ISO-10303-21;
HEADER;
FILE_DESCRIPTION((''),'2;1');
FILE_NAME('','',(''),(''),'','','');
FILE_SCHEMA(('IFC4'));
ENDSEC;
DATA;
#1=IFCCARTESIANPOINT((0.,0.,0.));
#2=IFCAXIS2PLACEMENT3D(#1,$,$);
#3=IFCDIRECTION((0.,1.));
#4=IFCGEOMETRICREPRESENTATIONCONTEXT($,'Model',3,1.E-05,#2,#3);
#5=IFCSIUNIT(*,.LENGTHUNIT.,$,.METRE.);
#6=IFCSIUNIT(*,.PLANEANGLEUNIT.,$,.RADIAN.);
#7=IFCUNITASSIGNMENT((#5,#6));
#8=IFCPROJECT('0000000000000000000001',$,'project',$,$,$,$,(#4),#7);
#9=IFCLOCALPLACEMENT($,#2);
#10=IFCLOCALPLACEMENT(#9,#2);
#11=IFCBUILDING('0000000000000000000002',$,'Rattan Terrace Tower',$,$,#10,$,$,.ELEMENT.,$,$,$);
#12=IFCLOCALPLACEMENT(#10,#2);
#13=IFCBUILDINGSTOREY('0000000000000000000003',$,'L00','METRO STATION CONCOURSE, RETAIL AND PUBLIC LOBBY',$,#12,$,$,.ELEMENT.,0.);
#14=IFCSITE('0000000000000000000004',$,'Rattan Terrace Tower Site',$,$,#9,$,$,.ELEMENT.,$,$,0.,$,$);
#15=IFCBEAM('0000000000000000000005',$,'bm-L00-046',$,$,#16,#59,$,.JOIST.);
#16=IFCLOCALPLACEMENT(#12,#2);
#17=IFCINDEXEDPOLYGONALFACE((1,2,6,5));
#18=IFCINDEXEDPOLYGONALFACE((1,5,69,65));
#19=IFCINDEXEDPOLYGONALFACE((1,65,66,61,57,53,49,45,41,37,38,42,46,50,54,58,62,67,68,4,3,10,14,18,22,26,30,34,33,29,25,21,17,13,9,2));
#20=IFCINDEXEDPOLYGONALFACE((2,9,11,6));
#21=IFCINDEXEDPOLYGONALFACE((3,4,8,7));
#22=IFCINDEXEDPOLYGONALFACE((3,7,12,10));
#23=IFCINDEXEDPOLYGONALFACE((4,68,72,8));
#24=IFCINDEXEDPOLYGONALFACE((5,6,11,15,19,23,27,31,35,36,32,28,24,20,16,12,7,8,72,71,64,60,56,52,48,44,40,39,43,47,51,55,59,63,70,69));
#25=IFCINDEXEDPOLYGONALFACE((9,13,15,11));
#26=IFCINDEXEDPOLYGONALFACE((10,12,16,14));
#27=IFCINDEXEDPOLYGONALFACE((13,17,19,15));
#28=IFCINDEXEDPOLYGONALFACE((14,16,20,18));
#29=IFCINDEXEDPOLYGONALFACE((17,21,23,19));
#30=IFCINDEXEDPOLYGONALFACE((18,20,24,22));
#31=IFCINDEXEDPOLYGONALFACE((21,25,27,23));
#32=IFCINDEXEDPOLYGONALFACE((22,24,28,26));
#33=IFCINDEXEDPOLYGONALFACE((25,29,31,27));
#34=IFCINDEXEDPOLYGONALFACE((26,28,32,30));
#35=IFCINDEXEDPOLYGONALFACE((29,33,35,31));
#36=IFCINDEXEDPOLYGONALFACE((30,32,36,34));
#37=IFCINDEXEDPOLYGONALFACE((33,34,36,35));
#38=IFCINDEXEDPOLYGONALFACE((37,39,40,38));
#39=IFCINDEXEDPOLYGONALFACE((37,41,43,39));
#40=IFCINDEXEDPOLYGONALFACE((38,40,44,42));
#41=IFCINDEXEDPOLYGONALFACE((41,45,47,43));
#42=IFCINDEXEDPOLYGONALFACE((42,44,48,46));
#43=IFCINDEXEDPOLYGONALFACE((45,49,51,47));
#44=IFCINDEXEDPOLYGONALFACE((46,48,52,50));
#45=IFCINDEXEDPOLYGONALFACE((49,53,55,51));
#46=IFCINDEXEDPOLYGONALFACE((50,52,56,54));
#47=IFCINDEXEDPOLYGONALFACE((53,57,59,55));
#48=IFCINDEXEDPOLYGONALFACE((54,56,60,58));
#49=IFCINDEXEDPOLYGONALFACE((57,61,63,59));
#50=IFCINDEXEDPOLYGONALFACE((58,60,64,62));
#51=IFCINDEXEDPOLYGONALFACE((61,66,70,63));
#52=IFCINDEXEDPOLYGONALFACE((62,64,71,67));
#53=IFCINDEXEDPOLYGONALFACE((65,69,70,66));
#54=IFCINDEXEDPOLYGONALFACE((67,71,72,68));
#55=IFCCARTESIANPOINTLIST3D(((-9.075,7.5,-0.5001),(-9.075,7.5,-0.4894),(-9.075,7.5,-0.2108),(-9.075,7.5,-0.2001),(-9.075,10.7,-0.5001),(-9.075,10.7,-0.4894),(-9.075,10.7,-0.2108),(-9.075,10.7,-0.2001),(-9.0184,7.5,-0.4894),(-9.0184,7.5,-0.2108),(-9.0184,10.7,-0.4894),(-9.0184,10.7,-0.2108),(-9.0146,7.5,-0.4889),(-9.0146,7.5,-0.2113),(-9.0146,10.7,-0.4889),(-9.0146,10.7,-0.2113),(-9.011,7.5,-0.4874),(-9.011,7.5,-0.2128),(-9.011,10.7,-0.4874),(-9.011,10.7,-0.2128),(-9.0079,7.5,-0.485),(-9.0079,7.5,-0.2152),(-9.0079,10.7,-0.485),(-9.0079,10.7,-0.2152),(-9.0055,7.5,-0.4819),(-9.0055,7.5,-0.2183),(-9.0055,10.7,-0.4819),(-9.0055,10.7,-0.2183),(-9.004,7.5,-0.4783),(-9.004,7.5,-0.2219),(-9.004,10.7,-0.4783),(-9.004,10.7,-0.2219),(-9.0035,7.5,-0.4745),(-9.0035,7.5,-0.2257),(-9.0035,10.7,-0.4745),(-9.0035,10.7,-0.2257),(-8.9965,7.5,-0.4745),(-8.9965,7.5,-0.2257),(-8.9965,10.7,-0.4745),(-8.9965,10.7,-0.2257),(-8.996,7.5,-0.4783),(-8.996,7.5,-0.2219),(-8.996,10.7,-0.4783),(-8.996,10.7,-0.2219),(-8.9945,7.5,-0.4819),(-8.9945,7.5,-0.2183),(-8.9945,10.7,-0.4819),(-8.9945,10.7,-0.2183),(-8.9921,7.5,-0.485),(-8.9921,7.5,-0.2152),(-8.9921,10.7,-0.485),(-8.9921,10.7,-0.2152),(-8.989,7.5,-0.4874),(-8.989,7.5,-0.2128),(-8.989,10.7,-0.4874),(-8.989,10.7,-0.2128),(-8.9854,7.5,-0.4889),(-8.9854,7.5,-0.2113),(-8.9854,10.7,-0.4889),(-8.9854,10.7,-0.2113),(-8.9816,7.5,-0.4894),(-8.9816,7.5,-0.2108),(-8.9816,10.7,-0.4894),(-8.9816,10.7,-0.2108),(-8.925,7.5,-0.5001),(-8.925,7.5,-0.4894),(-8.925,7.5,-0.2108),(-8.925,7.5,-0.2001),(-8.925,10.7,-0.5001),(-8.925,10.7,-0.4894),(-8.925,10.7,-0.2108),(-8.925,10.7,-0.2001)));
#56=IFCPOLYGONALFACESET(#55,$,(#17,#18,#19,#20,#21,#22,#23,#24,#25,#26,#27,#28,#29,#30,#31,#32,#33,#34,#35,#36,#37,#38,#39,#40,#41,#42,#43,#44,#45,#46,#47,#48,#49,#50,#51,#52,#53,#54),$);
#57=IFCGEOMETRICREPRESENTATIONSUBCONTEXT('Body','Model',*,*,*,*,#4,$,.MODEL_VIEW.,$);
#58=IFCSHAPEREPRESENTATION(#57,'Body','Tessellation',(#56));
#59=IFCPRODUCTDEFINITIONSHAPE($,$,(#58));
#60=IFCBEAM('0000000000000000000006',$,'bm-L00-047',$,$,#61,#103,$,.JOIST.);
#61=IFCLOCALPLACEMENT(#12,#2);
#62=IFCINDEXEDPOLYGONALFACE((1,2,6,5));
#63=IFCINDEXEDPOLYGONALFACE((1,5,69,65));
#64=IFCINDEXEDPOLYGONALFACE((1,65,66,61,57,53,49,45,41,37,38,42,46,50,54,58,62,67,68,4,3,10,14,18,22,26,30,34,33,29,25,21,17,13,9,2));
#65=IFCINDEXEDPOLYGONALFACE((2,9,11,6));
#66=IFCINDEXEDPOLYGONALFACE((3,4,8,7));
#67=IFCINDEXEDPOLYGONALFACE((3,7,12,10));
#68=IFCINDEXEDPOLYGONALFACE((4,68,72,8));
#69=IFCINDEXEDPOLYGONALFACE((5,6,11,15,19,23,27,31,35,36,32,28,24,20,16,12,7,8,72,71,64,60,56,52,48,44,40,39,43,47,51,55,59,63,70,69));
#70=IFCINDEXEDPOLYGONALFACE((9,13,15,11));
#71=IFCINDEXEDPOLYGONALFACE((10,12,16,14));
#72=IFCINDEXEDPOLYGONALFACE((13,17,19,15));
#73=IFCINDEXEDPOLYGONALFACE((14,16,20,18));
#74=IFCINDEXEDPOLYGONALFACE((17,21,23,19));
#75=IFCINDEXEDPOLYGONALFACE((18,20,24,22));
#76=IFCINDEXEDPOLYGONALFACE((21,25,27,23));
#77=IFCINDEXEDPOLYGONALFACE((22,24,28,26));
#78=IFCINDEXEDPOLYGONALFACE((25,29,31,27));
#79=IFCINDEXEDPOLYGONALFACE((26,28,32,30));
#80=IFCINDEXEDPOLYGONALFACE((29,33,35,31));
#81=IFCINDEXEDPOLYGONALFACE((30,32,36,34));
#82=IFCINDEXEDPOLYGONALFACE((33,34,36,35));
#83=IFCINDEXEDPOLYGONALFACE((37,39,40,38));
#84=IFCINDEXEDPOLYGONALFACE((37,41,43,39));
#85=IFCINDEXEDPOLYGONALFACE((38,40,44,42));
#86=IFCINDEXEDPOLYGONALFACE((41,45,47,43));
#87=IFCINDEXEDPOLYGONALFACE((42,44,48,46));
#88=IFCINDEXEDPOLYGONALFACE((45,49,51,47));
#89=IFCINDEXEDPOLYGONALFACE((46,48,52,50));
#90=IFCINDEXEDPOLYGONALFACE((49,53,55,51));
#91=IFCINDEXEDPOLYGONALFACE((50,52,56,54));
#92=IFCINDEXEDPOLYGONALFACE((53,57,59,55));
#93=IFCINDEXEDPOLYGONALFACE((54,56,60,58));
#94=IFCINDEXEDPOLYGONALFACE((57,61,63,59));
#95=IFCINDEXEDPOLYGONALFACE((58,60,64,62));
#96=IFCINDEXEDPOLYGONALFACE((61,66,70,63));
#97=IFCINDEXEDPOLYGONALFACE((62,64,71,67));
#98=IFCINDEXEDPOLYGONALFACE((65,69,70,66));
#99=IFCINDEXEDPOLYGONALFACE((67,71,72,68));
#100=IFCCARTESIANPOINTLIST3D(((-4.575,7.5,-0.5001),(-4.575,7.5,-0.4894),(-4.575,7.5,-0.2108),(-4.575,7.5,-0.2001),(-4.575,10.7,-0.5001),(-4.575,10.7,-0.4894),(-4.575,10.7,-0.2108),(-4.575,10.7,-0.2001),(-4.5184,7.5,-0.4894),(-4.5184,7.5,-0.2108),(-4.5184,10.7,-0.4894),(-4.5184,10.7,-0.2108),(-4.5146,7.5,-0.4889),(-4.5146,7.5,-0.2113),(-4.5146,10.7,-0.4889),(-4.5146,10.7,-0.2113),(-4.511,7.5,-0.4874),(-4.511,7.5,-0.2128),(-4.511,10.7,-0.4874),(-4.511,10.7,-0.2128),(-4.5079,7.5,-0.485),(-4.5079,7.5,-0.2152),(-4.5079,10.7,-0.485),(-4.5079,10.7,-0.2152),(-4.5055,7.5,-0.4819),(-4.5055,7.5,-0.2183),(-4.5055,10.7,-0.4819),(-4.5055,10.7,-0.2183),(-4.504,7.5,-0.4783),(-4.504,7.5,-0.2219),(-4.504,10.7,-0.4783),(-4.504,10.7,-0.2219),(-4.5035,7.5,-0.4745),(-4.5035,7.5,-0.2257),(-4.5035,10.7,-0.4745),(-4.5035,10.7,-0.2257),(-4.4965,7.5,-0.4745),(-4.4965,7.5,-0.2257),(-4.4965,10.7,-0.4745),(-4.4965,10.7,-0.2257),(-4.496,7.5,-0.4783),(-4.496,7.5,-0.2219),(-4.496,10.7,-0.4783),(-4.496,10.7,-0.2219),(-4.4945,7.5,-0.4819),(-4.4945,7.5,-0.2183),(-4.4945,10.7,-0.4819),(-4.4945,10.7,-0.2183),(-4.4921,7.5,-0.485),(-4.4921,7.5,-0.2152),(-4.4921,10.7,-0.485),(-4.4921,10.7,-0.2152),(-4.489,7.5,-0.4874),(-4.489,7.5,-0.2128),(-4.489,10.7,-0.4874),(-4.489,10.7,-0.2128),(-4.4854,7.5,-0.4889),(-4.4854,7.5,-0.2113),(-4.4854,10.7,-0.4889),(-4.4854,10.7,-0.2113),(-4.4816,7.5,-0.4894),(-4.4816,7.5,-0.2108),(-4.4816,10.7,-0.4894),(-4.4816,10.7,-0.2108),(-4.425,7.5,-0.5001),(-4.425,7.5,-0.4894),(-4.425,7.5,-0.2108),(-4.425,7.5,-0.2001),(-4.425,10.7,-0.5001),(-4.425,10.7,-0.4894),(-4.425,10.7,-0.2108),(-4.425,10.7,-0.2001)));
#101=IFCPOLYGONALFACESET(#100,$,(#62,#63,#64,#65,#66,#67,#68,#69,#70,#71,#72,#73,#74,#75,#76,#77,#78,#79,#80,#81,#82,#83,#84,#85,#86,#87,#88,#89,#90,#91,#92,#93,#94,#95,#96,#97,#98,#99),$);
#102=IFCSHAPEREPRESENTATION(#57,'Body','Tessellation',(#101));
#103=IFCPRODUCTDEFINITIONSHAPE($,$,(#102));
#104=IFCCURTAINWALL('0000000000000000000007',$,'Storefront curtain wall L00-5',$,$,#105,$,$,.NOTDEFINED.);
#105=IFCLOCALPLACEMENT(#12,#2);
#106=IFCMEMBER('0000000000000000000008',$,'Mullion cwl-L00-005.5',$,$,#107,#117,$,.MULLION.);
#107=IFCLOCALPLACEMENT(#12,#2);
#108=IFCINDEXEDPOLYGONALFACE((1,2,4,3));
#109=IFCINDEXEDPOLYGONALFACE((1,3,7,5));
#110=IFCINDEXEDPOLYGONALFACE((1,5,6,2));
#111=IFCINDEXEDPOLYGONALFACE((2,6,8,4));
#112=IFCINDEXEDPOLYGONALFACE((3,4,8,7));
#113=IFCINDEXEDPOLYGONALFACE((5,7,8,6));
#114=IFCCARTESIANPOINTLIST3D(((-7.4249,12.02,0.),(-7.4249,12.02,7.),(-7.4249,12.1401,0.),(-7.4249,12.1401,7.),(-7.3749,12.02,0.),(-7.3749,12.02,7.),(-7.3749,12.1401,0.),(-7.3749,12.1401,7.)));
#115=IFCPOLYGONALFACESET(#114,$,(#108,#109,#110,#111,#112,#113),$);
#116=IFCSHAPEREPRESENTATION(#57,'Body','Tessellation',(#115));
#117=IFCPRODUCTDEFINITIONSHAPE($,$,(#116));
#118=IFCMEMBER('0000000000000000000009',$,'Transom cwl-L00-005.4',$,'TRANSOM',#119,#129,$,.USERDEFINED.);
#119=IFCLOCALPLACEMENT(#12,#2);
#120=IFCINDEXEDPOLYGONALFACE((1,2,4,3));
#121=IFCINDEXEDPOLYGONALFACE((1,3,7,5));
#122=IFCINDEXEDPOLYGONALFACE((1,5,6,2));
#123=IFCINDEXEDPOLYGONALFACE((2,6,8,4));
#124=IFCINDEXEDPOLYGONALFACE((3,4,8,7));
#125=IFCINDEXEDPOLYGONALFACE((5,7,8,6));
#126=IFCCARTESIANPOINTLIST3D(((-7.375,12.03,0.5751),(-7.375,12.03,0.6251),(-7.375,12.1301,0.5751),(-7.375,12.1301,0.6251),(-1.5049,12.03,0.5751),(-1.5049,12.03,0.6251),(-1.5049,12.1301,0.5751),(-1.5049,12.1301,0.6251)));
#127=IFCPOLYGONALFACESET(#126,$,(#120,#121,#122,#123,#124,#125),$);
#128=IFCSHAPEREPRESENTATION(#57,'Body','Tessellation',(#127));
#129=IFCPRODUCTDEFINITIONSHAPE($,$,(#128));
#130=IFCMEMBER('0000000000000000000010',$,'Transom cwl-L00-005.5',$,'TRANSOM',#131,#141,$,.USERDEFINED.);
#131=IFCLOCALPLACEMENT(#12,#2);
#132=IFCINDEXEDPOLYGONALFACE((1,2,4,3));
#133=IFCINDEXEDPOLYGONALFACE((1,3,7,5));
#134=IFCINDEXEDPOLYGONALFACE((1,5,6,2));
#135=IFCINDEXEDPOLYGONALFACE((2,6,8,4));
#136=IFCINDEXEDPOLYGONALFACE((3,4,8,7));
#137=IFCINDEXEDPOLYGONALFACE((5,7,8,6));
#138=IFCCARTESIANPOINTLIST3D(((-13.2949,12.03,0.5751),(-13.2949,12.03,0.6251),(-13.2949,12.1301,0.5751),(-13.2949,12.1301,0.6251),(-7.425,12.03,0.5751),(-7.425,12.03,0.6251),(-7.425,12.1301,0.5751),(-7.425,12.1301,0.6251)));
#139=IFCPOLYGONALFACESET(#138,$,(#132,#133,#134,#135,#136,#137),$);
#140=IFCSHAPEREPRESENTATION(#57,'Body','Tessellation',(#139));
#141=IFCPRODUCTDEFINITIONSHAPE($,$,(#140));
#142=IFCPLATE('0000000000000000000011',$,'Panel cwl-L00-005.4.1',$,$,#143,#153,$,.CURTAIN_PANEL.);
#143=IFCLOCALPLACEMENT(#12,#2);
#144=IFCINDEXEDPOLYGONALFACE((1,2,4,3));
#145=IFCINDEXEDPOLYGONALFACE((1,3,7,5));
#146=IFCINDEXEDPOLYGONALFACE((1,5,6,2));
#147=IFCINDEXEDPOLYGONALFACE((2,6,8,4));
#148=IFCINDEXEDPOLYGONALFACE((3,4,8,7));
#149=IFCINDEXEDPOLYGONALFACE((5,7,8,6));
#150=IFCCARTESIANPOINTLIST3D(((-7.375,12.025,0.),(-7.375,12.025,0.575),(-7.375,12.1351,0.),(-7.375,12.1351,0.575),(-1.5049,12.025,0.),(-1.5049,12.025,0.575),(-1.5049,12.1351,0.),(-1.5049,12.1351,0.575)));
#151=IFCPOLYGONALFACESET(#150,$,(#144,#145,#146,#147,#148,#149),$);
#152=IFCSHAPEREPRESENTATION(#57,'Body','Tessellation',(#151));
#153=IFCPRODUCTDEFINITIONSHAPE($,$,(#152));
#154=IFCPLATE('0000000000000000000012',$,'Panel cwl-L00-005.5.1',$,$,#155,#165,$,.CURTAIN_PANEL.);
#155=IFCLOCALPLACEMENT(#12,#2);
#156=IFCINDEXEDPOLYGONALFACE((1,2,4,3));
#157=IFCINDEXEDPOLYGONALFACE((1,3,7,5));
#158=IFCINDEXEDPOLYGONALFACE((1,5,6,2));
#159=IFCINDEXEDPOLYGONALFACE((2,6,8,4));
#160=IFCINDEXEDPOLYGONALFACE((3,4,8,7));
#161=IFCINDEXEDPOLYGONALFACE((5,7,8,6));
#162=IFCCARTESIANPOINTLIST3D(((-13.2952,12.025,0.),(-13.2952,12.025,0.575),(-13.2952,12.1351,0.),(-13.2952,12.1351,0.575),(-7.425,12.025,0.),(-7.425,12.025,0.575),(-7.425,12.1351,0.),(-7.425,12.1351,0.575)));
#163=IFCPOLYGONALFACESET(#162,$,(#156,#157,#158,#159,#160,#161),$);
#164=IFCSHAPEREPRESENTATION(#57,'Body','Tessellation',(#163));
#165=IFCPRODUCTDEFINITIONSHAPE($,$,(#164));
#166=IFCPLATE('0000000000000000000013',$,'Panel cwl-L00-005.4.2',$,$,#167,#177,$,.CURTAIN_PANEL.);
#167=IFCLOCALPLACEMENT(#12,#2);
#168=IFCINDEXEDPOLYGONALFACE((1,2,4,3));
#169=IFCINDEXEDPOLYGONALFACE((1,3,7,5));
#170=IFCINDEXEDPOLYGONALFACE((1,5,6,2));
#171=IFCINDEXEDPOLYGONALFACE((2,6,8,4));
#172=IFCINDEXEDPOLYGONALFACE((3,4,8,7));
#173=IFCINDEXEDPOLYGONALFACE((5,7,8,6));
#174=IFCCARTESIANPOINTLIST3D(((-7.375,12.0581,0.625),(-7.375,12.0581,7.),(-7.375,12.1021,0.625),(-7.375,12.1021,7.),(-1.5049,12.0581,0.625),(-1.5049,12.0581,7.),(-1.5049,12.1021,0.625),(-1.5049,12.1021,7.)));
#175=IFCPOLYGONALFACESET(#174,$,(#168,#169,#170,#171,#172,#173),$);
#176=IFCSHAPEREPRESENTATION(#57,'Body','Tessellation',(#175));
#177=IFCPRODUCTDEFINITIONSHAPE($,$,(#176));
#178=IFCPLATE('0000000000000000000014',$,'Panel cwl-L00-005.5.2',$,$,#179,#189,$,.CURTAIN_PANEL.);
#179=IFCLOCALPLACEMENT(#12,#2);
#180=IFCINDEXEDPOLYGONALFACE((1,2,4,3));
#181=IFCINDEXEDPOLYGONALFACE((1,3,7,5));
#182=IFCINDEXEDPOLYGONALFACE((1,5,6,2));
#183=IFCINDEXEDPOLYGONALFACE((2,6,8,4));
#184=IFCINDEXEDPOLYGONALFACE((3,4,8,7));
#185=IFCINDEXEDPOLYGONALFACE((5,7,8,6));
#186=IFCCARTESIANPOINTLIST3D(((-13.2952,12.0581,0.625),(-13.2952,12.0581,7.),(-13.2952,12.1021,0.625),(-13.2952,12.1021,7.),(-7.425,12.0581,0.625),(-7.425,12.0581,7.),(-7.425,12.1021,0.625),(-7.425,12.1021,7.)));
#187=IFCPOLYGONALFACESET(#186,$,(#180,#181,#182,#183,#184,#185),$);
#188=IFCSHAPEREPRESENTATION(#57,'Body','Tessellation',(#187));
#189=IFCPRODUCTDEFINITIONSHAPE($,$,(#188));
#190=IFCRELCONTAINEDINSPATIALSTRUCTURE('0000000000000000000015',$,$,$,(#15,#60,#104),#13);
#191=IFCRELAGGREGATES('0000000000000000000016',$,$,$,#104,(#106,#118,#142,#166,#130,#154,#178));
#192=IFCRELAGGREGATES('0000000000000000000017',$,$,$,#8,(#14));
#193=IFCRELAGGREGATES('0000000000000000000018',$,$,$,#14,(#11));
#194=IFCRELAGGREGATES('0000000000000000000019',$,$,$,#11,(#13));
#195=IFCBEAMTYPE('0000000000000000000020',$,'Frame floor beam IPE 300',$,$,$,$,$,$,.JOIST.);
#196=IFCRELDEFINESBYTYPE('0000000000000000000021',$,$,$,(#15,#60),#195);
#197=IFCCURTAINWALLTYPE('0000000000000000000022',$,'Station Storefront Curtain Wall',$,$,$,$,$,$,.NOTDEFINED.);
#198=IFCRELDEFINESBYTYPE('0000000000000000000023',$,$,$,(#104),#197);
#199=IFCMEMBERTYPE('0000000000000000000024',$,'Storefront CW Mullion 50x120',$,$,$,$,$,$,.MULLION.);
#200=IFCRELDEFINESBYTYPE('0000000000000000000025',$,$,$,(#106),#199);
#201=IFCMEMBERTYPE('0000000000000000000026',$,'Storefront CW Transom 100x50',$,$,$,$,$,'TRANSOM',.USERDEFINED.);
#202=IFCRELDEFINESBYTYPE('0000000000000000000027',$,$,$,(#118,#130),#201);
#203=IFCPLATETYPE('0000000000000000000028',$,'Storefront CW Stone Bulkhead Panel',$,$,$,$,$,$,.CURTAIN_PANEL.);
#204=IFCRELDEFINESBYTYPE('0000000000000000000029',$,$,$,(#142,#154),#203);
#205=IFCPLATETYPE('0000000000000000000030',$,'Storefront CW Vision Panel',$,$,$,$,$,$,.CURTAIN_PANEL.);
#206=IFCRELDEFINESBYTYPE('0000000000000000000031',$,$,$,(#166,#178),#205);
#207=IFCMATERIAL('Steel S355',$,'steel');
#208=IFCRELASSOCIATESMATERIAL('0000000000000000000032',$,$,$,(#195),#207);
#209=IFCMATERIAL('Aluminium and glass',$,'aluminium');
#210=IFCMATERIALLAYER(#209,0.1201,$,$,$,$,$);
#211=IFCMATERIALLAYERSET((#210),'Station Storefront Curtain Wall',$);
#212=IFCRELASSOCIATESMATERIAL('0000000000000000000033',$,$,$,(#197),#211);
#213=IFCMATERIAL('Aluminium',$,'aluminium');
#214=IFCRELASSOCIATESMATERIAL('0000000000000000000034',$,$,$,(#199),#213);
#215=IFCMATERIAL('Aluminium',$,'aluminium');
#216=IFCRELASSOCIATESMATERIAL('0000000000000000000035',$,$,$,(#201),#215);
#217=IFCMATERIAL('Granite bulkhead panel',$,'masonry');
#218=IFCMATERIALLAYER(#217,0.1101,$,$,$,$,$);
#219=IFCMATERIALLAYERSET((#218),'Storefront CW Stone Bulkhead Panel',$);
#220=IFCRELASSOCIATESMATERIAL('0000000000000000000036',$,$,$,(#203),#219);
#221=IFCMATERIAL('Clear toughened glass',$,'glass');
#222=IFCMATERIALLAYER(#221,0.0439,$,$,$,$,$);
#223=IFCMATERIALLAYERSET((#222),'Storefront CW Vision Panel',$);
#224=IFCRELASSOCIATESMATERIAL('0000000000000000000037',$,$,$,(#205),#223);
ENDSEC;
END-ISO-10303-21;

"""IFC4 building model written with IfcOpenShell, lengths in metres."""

from ifc_helpers import new_model, si_unit, direction, frame, origin, origin_2d, place, context, subcontext, project, spatial, rectangle, i_section, extrude, material, layer, layer_set, material_profile, profile_set, type_object, element, aggregate, save


model = new_model("IFC4")

# Units and contexts
model_context = context("Model", 3, precision=1e-05, world=origin(), true_north=direction((0.0, 1.0)))
body_context = subcontext(model_context, "Body", "Model", "MODEL_VIEW")
ifc_project = project(units=[si_unit("LENGTHUNIT", "METRE"), si_unit("PLANEANGLEUNIT", "RADIAN")], contexts=[model_context])

# Site, building, storey
site_placement = place(None, origin())
site = spatial("IfcSite", under=ifc_project, at=site_placement, Name="Rattan Terrace Tower Site", CompositionType="ELEMENT", RefElevation=0.0)
building_placement = place(site_placement, origin())
building = spatial("IfcBuilding", under=site, at=building_placement, Name="Rattan Terrace Tower", CompositionType="ELEMENT")
storey_placement = place(building_placement, origin())
storey = spatial("IfcBuildingStorey", under=building, at=storey_placement, Name="L00", Description="METRO STATION CONCOURSE, RETAIL AND PUBLIC LOBBY", CompositionType="ELEMENT", Elevation=0.0)

# Beams
ifc_material_1 = material(Name="Steel S355", Category="steel")
ifc_material_profile_1 = material_profile(ifc_material_1, i_section(OverallWidth=0.1499, OverallDepth=0.3, WebThickness=0.0071, FlangeThickness=0.0107, FilletRadius=0.0149, at=origin_2d()), Name="IPE 300")
ifc_profile_set_1 = profile_set([ifc_material_profile_1], Name="Steel S355")
beam_type = type_object("IfcBeamType", Name="Frame floor beam IPE 300", PredefinedType="JOIST", material=ifc_profile_set_1)
for number, where, z_axis, x_axis, name in (
    (1, (-9.0, 7.5, -0.3501), (0.0, 1.0, 0.0), (-1.0, 0.0, 0.0), "bm-L00-046"),
    (2, (-4.5, 7.5, -0.3501), (0.0, 1.0, 0.0), (-1.0, 0.0, 0.0), "bm-L00-047"),
):
    element("IfcBeam", number, at=place(storey_placement, frame(where, z_axis=z_axis, x_axis=x_axis)), inside=storey, type_object=beam_type, Name=name, PredefinedType="JOIST", context=body_context, shape_type="SweptSolid", body=[
        extrude(i_section(OverallWidth=0.1499, OverallDepth=0.3, WebThickness=0.0071, FlangeThickness=0.0107, FilletRadius=0.0149, at=origin_2d()), origin(), (0.0, 0.0, 1.0), 3.2),
    ])

# Curtain wall, members, plates
ifc_material_2 = material(Name="Aluminium and glass", Category="aluminium")
ifc_layer_1 = layer(ifc_material_2, 0.1201)
ifc_layer_set_1 = layer_set([ifc_layer_1], Name="Station Storefront Curtain Wall")
curtain_wall_type = type_object("IfcCurtainWallType", Name="Station Storefront Curtain Wall", PredefinedType="NOTDEFINED", material=ifc_layer_set_1)
curtain_wall_placement = place(storey_placement, origin())
curtain_wall = element("IfcCurtainWall", 3, at=curtain_wall_placement, inside=storey, type_object=curtain_wall_type, Name="Storefront curtain wall L00-5", PredefinedType="NOTDEFINED")
ifc_material_3 = material(Name="Aluminium", Category="aluminium")
ifc_material_profile_2 = material_profile(ifc_material_3, rectangle(XDim=0.05, YDim=0.1201, at=origin_2d()), Name="Aluminium 50x120")
ifc_profile_set_2 = profile_set([ifc_material_profile_2], Name="Aluminium")
member_type_1 = type_object("IfcMemberType", Name="Storefront CW Mullion 50x120", PredefinedType="MULLION", material=ifc_profile_set_2)
member_1_placement = place(storey_placement, frame((-7.3999, 12.0801, 0.0), z_axis=(0.0, 0.0, 1.0), x_axis=(-1.0, 0.0, 0.0)))
member_1 = element("IfcMember", 4, at=member_1_placement, type_object=member_type_1, Name="Mullion cwl-L00-005.5", PredefinedType="MULLION", context=body_context, shape_type="SweptSolid", body=[
    extrude(rectangle(XDim=0.05, YDim=0.1201, at=origin_2d()), origin(), (0.0, 0.0, 1.0), 7.0),
])
ifc_material_4 = material(Name="Aluminium", Category="aluminium")
ifc_material_profile_3 = material_profile(ifc_material_4, rectangle(XDim=0.1001, YDim=0.05, at=origin_2d()), Name="Aluminium 100x50")
ifc_profile_set_3 = profile_set([ifc_material_profile_3], Name="Aluminium")
member_type_2 = type_object("IfcMemberType", Name="Storefront CW Transom 100x50", ElementType="TRANSOM", PredefinedType="USERDEFINED", material=ifc_profile_set_3)
member_2_placement = place(storey_placement, frame((-1.5049, 12.0801, 0.6001), z_axis=(-1.0, 0.0, 0.0), x_axis=(0.0, -1.0, 0.0)))
member_2 = element("IfcMember", 5, at=member_2_placement, type_object=member_type_2, Name="Transom cwl-L00-005.4", ObjectType="TRANSOM", PredefinedType="USERDEFINED", context=body_context, shape_type="SweptSolid", body=[
    extrude(rectangle(XDim=0.1001, YDim=0.05, at=origin_2d()), origin(), (0.0, 0.0, 1.0), 5.8701),
])
member_3_placement = place(storey_placement, frame((-7.425, 12.0801, 0.6001), z_axis=(-1.0, 0.0, 0.0), x_axis=(0.0, -1.0, 0.0)))
member_3 = element("IfcMember", 6, at=member_3_placement, type_object=member_type_2, Name="Transom cwl-L00-005.5", ObjectType="TRANSOM", PredefinedType="USERDEFINED", context=body_context, shape_type="SweptSolid", body=[
    extrude(rectangle(XDim=0.1001, YDim=0.05, at=origin_2d()), origin(), (0.0, 0.0, 1.0), 5.8699),
])
ifc_material_5 = material(Name="Granite bulkhead panel", Category="masonry")
ifc_layer_2 = layer(ifc_material_5, 0.1101)
ifc_layer_set_2 = layer_set([ifc_layer_2], Name="Storefront CW Stone Bulkhead Panel")
plate_type_1 = type_object("IfcPlateType", Name="Storefront CW Stone Bulkhead Panel", PredefinedType="CURTAIN_PANEL", material=ifc_layer_set_2)
plate_1_placement = place(storey_placement, frame((-4.4399, 12.0801, 0.0), z_axis=(0.0, 0.0, 1.0), x_axis=(-1.0, 0.0, 0.0)))
plate_1 = element("IfcPlate", 7, at=plate_1_placement, type_object=plate_type_1, Name="Panel cwl-L00-005.4.1", PredefinedType="CURTAIN_PANEL", context=body_context, shape_type="SweptSolid", body=[
    extrude(rectangle(XDim=5.8701, YDim=0.1101, at=origin_2d()), origin(), (0.0, 0.0, 1.0), 0.575),
])
plate_2_placement = place(storey_placement, frame((-10.3601, 12.0801, 0.0), z_axis=(0.0, 0.0, 1.0), x_axis=(-1.0, 0.0, 0.0)))
plate_2 = element("IfcPlate", 8, at=plate_2_placement, type_object=plate_type_1, Name="Panel cwl-L00-005.5.1", PredefinedType="CURTAIN_PANEL", context=body_context, shape_type="SweptSolid", body=[
    extrude(rectangle(XDim=5.8701, YDim=0.1101, at=origin_2d()), origin(), (0.0, 0.0, 1.0), 0.575),
])
ifc_material_6 = material(Name="Clear toughened glass", Category="glass")
ifc_layer_3 = layer(ifc_material_6, 0.0439)
ifc_layer_set_3 = layer_set([ifc_layer_3], Name="Storefront CW Vision Panel")
plate_type_2 = type_object("IfcPlateType", Name="Storefront CW Vision Panel", PredefinedType="CURTAIN_PANEL", material=ifc_layer_set_3)
plate_3_placement = place(storey_placement, frame((-4.4399, 12.0801, 0.625), z_axis=(0.0, 0.0, 1.0), x_axis=(-1.0, 0.0, 0.0)))
plate_3 = element("IfcPlate", 9, at=plate_3_placement, type_object=plate_type_2, Name="Panel cwl-L00-005.4.2", PredefinedType="CURTAIN_PANEL", context=body_context, shape_type="SweptSolid", body=[
    extrude(rectangle(XDim=5.8701, YDim=0.0439, at=origin_2d()), origin(), (0.0, 0.0, 1.0), 6.375),
])
plate_4_placement = place(storey_placement, frame((-10.3601, 12.0801, 0.625), z_axis=(0.0, 0.0, 1.0), x_axis=(-1.0, 0.0, 0.0)))
plate_4 = element("IfcPlate", 10, at=plate_4_placement, type_object=plate_type_2, Name="Panel cwl-L00-005.5.2", PredefinedType="CURTAIN_PANEL", context=body_context, shape_type="SweptSolid", body=[
    extrude(rectangle(XDim=5.8701, YDim=0.0439, at=origin_2d()), origin(), (0.0, 0.0, 1.0), 6.375),
])
aggregate(curtain_wall, [member_1, member_2, plate_1, plate_3, member_3, plate_2, plate_4])

save(model, "model.ifc")
